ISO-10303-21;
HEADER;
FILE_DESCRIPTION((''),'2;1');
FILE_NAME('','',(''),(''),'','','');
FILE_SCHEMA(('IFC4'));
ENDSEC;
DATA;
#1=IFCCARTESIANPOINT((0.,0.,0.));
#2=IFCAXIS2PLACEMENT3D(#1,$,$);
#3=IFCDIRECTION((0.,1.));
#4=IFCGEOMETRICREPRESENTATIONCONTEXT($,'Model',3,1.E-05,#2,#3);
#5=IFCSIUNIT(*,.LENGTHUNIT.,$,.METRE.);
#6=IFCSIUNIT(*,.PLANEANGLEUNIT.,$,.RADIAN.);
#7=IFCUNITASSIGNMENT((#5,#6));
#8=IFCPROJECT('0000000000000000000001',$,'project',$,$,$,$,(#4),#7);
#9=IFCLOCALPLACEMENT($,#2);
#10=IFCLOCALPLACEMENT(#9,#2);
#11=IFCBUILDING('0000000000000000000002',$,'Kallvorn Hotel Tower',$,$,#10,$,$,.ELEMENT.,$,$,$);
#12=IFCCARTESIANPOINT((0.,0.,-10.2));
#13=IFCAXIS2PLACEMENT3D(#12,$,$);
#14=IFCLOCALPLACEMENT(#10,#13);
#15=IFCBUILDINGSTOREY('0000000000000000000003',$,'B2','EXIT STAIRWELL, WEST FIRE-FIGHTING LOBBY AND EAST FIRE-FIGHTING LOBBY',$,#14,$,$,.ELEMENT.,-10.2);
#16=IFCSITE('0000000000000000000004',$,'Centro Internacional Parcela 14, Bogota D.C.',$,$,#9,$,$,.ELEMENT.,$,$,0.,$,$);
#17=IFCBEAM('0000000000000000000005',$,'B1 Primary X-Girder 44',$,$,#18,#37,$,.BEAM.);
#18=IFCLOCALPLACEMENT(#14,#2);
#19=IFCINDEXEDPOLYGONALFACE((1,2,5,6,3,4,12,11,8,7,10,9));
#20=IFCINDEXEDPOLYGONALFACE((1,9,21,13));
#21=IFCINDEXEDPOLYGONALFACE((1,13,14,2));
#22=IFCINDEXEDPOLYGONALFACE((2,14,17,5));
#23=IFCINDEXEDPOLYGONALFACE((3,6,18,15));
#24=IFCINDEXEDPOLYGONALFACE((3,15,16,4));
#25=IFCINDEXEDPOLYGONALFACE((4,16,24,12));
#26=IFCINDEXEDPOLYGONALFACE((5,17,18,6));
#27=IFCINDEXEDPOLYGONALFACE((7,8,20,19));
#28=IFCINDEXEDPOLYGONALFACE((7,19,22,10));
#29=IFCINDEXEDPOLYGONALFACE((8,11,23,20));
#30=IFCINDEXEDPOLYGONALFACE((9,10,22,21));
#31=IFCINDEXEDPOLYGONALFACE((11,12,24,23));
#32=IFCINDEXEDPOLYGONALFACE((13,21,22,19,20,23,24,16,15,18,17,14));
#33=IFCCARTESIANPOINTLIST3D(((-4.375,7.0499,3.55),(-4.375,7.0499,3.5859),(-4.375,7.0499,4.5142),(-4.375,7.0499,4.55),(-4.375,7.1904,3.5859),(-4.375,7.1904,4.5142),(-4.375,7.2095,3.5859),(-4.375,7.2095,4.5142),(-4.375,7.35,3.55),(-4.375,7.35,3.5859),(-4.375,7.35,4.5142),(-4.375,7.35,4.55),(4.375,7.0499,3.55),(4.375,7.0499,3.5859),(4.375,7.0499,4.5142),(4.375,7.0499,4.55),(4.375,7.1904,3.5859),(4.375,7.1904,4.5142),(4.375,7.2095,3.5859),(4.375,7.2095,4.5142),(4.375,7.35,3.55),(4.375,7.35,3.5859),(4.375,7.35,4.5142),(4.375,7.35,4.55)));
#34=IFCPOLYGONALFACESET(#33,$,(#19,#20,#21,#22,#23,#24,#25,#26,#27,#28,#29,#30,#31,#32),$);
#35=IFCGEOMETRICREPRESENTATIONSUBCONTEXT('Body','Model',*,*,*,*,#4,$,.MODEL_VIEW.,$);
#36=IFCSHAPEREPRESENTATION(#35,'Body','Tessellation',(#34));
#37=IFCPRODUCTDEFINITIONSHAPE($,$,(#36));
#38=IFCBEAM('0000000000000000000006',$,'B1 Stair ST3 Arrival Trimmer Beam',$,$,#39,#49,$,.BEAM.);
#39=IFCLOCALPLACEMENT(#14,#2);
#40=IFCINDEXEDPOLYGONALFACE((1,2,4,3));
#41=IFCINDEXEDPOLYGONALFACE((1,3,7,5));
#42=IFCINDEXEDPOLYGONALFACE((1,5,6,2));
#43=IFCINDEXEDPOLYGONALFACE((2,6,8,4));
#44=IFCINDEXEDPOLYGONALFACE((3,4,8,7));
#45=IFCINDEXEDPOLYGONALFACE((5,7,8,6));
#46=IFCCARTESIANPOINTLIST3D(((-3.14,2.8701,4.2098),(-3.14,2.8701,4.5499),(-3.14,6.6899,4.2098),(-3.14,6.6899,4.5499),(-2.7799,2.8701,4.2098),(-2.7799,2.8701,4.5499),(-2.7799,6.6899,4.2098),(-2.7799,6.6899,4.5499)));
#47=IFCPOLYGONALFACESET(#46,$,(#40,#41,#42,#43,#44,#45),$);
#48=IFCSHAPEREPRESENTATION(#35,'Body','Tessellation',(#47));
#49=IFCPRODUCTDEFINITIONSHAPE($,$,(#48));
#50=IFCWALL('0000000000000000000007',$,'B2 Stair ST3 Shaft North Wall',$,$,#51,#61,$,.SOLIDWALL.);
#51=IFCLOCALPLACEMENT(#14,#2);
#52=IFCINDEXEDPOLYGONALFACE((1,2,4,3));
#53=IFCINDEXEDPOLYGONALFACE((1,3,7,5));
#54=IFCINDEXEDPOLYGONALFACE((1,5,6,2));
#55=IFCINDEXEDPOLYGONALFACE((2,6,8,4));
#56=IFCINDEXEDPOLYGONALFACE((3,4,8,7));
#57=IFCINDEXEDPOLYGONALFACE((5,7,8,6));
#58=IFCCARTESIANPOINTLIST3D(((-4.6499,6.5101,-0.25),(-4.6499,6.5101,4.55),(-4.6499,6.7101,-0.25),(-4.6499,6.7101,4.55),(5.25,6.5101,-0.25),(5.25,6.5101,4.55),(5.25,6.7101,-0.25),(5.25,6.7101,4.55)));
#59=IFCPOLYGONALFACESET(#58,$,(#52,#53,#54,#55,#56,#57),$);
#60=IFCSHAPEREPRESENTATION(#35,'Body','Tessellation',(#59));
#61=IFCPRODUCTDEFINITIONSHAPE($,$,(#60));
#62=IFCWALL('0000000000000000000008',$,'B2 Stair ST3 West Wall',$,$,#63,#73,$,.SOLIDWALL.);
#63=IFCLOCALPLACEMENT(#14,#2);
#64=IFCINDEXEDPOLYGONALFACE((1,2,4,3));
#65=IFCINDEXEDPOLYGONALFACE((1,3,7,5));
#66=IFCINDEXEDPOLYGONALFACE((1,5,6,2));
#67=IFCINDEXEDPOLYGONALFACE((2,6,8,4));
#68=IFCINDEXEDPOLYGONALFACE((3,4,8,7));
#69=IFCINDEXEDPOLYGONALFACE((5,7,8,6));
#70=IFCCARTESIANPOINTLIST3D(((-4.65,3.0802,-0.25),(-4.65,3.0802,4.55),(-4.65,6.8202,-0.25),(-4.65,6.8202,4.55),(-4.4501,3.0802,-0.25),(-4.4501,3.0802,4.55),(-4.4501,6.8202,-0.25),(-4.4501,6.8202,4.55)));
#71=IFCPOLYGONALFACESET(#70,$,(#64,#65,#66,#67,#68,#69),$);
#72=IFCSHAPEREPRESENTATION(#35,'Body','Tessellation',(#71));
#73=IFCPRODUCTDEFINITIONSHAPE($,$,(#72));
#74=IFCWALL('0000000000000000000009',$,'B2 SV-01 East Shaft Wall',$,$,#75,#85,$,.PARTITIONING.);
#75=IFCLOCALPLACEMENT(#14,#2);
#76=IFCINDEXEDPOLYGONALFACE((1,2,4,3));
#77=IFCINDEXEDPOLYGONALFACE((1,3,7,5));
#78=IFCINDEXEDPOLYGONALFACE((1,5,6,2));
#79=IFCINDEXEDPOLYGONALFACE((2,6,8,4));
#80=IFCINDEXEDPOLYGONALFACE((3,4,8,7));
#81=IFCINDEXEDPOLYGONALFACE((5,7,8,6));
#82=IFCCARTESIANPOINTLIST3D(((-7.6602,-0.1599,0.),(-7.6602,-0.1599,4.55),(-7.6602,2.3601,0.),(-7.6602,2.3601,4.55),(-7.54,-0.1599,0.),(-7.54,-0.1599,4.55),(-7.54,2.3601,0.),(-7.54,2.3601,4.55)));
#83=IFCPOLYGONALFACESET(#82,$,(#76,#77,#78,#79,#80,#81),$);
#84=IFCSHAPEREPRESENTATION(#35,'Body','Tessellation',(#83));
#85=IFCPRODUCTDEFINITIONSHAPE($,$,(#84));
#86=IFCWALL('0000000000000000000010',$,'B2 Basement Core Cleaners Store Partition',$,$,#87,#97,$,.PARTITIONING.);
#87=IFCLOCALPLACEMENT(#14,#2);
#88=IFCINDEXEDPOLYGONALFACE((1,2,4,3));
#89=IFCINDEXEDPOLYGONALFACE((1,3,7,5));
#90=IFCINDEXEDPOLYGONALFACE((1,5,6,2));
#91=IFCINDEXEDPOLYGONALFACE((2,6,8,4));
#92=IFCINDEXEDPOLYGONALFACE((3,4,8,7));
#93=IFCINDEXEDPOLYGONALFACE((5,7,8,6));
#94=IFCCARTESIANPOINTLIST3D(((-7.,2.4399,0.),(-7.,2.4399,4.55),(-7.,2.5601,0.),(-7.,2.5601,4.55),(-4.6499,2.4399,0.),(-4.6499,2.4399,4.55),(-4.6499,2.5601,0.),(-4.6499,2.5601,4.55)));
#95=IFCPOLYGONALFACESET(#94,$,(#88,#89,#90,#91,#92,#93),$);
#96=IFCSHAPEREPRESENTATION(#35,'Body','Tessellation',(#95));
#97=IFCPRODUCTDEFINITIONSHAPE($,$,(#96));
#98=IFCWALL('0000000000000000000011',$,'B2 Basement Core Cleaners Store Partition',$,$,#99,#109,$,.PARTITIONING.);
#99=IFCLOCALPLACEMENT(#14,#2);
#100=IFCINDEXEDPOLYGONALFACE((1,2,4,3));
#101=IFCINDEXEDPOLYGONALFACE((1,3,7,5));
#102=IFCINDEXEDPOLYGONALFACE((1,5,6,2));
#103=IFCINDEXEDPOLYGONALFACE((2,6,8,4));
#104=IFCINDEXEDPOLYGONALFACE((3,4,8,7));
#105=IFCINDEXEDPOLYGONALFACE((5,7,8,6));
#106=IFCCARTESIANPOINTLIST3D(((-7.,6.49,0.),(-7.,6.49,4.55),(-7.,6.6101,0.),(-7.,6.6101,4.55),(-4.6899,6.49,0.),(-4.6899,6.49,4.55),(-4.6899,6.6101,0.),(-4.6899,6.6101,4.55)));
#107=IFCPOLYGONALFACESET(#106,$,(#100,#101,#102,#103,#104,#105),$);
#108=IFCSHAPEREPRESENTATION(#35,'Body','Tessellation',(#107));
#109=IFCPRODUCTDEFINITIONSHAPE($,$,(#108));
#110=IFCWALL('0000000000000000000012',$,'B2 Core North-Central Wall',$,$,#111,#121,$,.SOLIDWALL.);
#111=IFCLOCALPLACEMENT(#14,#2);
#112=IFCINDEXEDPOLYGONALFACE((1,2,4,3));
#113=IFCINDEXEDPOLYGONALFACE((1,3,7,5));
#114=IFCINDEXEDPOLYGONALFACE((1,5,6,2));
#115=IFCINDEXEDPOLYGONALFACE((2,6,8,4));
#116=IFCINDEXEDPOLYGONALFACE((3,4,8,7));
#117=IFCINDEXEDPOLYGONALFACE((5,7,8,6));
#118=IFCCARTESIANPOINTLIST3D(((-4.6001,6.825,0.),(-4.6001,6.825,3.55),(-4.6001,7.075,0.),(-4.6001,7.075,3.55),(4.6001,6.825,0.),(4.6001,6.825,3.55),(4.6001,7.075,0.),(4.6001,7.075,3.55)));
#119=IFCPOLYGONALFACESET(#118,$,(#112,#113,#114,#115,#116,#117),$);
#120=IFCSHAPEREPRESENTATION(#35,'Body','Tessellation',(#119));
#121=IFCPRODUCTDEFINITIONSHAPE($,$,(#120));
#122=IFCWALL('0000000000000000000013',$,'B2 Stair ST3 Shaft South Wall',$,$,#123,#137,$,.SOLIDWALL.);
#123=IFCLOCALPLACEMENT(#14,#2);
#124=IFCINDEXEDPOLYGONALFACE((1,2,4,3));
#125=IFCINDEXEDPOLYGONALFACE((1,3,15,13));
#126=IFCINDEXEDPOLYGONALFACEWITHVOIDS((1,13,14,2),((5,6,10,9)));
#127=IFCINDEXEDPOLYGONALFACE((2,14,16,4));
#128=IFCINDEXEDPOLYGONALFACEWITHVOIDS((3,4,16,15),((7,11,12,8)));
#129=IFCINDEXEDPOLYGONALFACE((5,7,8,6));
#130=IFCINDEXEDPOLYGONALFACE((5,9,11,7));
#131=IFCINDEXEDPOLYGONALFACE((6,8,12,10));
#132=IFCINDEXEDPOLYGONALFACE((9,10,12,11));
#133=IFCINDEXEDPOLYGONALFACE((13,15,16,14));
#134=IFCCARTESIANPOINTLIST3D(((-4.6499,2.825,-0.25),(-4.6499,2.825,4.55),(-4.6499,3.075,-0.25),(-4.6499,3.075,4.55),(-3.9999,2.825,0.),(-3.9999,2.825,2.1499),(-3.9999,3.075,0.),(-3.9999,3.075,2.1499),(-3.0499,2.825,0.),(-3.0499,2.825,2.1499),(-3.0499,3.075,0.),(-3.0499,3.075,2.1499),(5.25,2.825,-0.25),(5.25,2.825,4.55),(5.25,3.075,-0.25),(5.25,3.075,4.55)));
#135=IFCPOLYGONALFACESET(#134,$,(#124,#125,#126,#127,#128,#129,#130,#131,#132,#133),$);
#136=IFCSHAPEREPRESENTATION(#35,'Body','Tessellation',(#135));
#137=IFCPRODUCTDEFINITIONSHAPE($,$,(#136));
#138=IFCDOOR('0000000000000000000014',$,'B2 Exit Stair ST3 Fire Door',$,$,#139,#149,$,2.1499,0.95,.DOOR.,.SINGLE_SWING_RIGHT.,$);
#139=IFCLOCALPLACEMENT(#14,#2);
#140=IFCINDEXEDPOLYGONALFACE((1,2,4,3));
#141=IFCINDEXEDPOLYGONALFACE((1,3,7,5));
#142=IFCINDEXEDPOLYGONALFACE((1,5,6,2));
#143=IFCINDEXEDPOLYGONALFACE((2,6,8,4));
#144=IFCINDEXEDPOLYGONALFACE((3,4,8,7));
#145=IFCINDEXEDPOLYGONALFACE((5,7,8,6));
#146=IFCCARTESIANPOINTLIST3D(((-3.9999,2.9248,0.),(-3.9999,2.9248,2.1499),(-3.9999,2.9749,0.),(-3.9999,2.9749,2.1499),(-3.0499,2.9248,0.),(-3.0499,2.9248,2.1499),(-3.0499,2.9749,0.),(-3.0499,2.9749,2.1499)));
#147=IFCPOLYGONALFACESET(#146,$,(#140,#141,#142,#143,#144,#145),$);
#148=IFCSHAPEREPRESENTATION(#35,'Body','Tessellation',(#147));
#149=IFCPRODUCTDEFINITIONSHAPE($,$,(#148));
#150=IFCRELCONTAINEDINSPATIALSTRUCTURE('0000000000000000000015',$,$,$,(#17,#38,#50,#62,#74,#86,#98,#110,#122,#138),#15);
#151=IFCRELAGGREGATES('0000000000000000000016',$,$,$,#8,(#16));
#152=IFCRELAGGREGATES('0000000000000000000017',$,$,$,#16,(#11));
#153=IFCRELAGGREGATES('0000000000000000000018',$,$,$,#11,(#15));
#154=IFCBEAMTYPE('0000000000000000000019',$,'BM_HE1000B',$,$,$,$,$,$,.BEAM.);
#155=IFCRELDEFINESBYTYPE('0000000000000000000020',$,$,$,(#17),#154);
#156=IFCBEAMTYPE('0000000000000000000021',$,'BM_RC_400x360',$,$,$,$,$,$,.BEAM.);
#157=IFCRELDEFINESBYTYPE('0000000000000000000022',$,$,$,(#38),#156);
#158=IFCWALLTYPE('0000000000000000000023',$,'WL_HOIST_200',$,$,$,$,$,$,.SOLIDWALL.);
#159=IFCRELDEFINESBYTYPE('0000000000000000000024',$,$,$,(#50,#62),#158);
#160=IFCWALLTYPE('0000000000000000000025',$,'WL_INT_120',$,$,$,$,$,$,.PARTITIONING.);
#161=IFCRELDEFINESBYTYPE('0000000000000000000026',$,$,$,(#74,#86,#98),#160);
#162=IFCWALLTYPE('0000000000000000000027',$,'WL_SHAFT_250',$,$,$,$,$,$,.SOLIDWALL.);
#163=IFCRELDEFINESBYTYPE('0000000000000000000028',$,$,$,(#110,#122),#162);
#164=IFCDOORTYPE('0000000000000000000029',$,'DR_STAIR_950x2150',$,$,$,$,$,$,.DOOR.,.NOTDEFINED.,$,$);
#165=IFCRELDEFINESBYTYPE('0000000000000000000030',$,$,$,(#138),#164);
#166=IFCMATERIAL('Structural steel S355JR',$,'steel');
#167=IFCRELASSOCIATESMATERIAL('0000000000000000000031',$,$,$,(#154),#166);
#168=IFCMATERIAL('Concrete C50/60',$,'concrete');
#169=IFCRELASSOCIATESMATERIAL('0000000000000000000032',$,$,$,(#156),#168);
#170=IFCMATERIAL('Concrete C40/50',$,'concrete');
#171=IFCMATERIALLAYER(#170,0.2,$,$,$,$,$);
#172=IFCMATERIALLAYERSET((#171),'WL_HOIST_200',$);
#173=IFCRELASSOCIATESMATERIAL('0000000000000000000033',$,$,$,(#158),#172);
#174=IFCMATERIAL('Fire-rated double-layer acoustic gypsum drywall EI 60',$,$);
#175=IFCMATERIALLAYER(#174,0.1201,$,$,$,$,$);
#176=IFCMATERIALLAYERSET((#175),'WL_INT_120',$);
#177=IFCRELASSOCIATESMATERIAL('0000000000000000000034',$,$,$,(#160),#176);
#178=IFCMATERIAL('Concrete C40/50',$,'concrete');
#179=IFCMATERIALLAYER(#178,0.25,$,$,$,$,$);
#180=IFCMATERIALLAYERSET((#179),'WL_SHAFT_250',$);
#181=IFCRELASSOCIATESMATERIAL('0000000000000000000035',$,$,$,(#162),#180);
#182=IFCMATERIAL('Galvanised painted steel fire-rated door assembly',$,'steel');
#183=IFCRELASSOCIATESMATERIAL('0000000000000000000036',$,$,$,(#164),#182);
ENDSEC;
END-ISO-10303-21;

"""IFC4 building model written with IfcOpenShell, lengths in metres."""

from ifc_helpers import new_model, si_unit, direction, frame, frame_2d, origin, origin_2d, place, context, subcontext, project, spatial, rectangle, i_section, extrude, material, layer, layer_set, material_profile, profile_set, type_object, element, fill, save


model = new_model("IFC4")

# Units and contexts
model_context = context("Model", 3, precision=1e-05, world=origin(), true_north=direction((0.0, 1.0)))
body_context = subcontext(model_context, "Body", "Model", "MODEL_VIEW")
ifc_project = project(units=[si_unit("LENGTHUNIT", "METRE"), si_unit("PLANEANGLEUNIT", "RADIAN")], contexts=[model_context])

# Site, building, storey
site_placement = place(None, origin())
site = spatial("IfcSite", under=ifc_project, at=site_placement, Name="Centro Internacional Parcela 14, Bogota D.C.", CompositionType="ELEMENT", RefElevation=0.0)
building_placement = place(site_placement, origin())
building = spatial("IfcBuilding", under=site, at=building_placement, Name="Kallvorn Hotel Tower", CompositionType="ELEMENT")
storey_placement = place(building_placement, frame((0.0, 0.0, -10.2)))
storey = spatial("IfcBuildingStorey", under=building, at=storey_placement, Name="B2", Description="EXIT STAIRWELL, WEST FIRE-FIGHTING LOBBY AND EAST FIRE-FIGHTING LOBBY", CompositionType="ELEMENT", Elevation=-10.2)

# Beams
ifc_material_1 = material(Name="Structural steel S355JR", Category="steel")
ifc_material_profile_1 = material_profile(ifc_material_1, i_section(OverallWidth=0.3, OverallDepth=1.0, WebThickness=0.019, FlangeThickness=0.0359, at=origin_2d()), Name="HE 1000 B")
ifc_profile_set_1 = profile_set([ifc_material_profile_1], Name="Structural steel S355JR")
beam_type_1 = type_object("IfcBeamType", Name="BM_HE1000B", PredefinedType="BEAM", material=ifc_profile_set_1)
beam_1_placement = place(storey_placement, frame((-4.375, 7.2, 4.05), z_axis=(1.0, 0.0, 0.0), x_axis=(0.0, 1.0, 0.0)))
element("IfcBeam", 1, at=beam_1_placement, inside=storey, type_object=beam_type_1, Name="B1 Primary X-Girder 44", PredefinedType="BEAM", context=body_context, shape_type="SweptSolid", body=[
    extrude(i_section(OverallWidth=0.3, OverallDepth=1.0, WebThickness=0.019, FlangeThickness=0.0359, at=origin_2d()), origin(), (0.0, 0.0, 1.0), 8.75),
])
ifc_material_2 = material(Name="Concrete C50/60", Category="concrete")
ifc_material_profile_2 = material_profile(ifc_material_2, rectangle(XDim=0.3601, YDim=0.3401, at=origin_2d()), Name="RC 360x340")
ifc_profile_set_2 = profile_set([ifc_material_profile_2], Name="Concrete C50/60")
beam_type_2 = type_object("IfcBeamType", Name="BM_RC_400x360", PredefinedType="BEAM", material=ifc_profile_set_2)
beam_2_placement = place(storey_placement, frame((-2.96, 2.8701, 4.3799), z_axis=(0.0, 1.0, 0.0), x_axis=(-1.0, 0.0, 0.0)))
element("IfcBeam", 2, at=beam_2_placement, inside=storey, type_object=beam_type_2, Name="B1 Stair ST3 Arrival Trimmer Beam", PredefinedType="BEAM", context=body_context, shape_type="SweptSolid", body=[
    extrude(rectangle(XDim=0.3601, YDim=0.3401, at=origin_2d()), origin(), (0.0, 0.0, 1.0), 3.8198),
])

# Walls
ifc_material_3 = material(Name="Concrete C40/50", Category="concrete")
ifc_layer_1 = layer(ifc_material_3, 0.2)
ifc_layer_set_1 = layer_set([ifc_layer_1], Name="WL_HOIST_200")
wall_type_1 = type_object("IfcWallType", Name="WL_HOIST_200", PredefinedType="SOLIDWALL", material=ifc_layer_set_1)
wall_1_placement = place(storey_placement, frame((-4.6499, 6.6101, -0.25), z_axis=(0.0, 0.0, 1.0), x_axis=(1.0, 0.0, 0.0)))
element("IfcWall", 3, at=wall_1_placement, inside=storey, type_object=wall_type_1, Name="B2 Stair ST3 Shaft North Wall", PredefinedType="SOLIDWALL", context=body_context, shape_type="SweptSolid", body=[
    extrude(rectangle(XDim=9.8999, YDim=0.2, at=frame_2d((4.95, 0.0))), origin(), (0.0, 0.0, 1.0), 4.8),
])
wall_2_placement = place(storey_placement, frame((-4.55, 3.0801, -0.25), z_axis=(0.0, 0.0, 1.0), x_axis=(0.0, 1.0, 0.0)))
element("IfcWall", 4, at=wall_2_placement, inside=storey, type_object=wall_type_1, Name="B2 Stair ST3 West Wall", PredefinedType="SOLIDWALL", context=body_context, shape_type="SweptSolid", body=[
    extrude(rectangle(XDim=3.74, YDim=0.2, at=frame_2d((1.8701, 0.0))), origin(), (0.0, 0.0, 1.0), 4.8),
])
ifc_material_4 = material(Name="Fire-rated double-layer acoustic gypsum drywall EI 60")
ifc_layer_2 = layer(ifc_material_4, 0.1201)
ifc_layer_set_2 = layer_set([ifc_layer_2], Name="WL_INT_120")
wall_type_2 = type_object("IfcWallType", Name="WL_INT_120", PredefinedType="PARTITIONING", material=ifc_layer_set_2)
wall_3_placement = place(storey_placement, frame((-7.6001, -0.1599, 0.0), z_axis=(0.0, 0.0, 1.0), x_axis=(0.0, 1.0, 0.0)))
element("IfcWall", 5, at=wall_3_placement, inside=storey, type_object=wall_type_2, Name="B2 SV-01 East Shaft Wall", PredefinedType="PARTITIONING", context=body_context, shape_type="SweptSolid", body=[
    extrude(rectangle(XDim=2.52, YDim=0.1201, at=frame_2d((1.26, 0.0))), origin(), (0.0, 0.0, 1.0), 4.55),
])
wall_4_placement = place(storey_placement, frame((-7.0, 2.5, 0.0), z_axis=(0.0, 0.0, 1.0), x_axis=(1.0, 0.0, 0.0)))
element("IfcWall", 6, at=wall_4_placement, inside=storey, type_object=wall_type_2, Name="B2 Basement Core Cleaners Store Partition", PredefinedType="PARTITIONING", context=body_context, shape_type="SweptSolid", body=[
    extrude(rectangle(XDim=2.3501, YDim=0.1201, at=frame_2d((1.175, 0.0))), origin(), (0.0, 0.0, 1.0), 4.55),
])
wall_5_placement = place(storey_placement, frame((-7.0, 6.55, 0.0), z_axis=(0.0, 0.0, 1.0), x_axis=(1.0, 0.0, 0.0)))
element("IfcWall", 7, at=wall_5_placement, inside=storey, type_object=wall_type_2, Name="B2 Basement Core Cleaners Store Partition", PredefinedType="PARTITIONING", context=body_context, shape_type="SweptSolid", body=[
    extrude(rectangle(XDim=2.3101, YDim=0.1201, at=frame_2d((1.155, 0.0))), origin(), (0.0, 0.0, 1.0), 4.55),
])
ifc_material_5 = material(Name="Concrete C40/50", Category="concrete")
ifc_layer_3 = layer(ifc_material_5, 0.25)
ifc_layer_set_3 = layer_set([ifc_layer_3], Name="WL_SHAFT_250")
wall_type_3 = type_object("IfcWallType", Name="WL_SHAFT_250", PredefinedType="SOLIDWALL", material=ifc_layer_set_3)
wall_6_placement = place(storey_placement, frame((-4.6001, 6.95, 0.0), z_axis=(0.0, 0.0, 1.0), x_axis=(1.0, 0.0, 0.0)))
element("IfcWall", 8, at=wall_6_placement, inside=storey, type_object=wall_type_3, Name="B2 Core North-Central Wall", PredefinedType="SOLIDWALL", context=body_context, shape_type="SweptSolid", body=[
    extrude(rectangle(XDim=9.2002, YDim=0.25, at=frame_2d((4.6001, 0.0))), origin(), (0.0, 0.0, 1.0), 3.55),
])

# Wall, opening, door
wall_7_placement = place(storey_placement, frame((-4.6499, 2.95, -0.25), z_axis=(0.0, 0.0, 1.0), x_axis=(1.0, 0.0, 0.0)))
wall_7 = element("IfcWall", 9, at=wall_7_placement, inside=storey, type_object=wall_type_3, Name="B2 Stair ST3 Shaft South Wall", PredefinedType="SOLIDWALL", context=body_context, shape_type="SweptSolid", body=[
    extrude(rectangle(XDim=9.8999, YDim=0.25, at=frame_2d((4.95, 0.0))), origin(), (0.0, 0.0, 1.0), 4.8),
])
opening_placement = place(wall_7_placement, frame((0.6499, 0.0, 0.25)))
opening = element("IfcOpeningElement", 10, at=opening_placement, cuts=wall_7, PredefinedType="OPENING", context=body_context, shape_type="SweptSolid", body=[
    extrude(rectangle(XDim=0.95, YDim=2.1499, at=frame_2d((0.4751, 1.075))), frame((0.0, 0.1399, 0.0), z_axis=(0.0, -1.0, 0.0), x_axis=(1.0, 0.0, 0.0)), (0.0, 0.0, 1.0), 0.28),
])
ifc_material_6 = material(Name="Galvanised painted steel fire-rated door assembly", Category="steel")
door_type = type_object("IfcDoorType", Name="DR_STAIR_950x2150", OperationType="NOTDEFINED", PredefinedType="DOOR", material=ifc_material_6)
door_placement = place(opening_placement, origin())
door = element("IfcDoor", 11, at=door_placement, inside=storey, type_object=door_type, Name="B2 Exit Stair ST3 Fire Door", OperationType="SINGLE_SWING_RIGHT", OverallHeight=2.1499, OverallWidth=0.95, PredefinedType="DOOR", context=body_context, shape_type="SweptSolid", body=[
    extrude(rectangle(XDim=0.95, YDim=2.1499, at=frame_2d((0.4751, 1.075))), frame((0.0, 0.0249, 0.0), z_axis=(0.0, -1.0, 0.0), x_axis=(1.0, 0.0, 0.0)), (0.0, 0.0, 1.0), 0.05),
])
fill(opening, door)

save(model, "model.ifc")
